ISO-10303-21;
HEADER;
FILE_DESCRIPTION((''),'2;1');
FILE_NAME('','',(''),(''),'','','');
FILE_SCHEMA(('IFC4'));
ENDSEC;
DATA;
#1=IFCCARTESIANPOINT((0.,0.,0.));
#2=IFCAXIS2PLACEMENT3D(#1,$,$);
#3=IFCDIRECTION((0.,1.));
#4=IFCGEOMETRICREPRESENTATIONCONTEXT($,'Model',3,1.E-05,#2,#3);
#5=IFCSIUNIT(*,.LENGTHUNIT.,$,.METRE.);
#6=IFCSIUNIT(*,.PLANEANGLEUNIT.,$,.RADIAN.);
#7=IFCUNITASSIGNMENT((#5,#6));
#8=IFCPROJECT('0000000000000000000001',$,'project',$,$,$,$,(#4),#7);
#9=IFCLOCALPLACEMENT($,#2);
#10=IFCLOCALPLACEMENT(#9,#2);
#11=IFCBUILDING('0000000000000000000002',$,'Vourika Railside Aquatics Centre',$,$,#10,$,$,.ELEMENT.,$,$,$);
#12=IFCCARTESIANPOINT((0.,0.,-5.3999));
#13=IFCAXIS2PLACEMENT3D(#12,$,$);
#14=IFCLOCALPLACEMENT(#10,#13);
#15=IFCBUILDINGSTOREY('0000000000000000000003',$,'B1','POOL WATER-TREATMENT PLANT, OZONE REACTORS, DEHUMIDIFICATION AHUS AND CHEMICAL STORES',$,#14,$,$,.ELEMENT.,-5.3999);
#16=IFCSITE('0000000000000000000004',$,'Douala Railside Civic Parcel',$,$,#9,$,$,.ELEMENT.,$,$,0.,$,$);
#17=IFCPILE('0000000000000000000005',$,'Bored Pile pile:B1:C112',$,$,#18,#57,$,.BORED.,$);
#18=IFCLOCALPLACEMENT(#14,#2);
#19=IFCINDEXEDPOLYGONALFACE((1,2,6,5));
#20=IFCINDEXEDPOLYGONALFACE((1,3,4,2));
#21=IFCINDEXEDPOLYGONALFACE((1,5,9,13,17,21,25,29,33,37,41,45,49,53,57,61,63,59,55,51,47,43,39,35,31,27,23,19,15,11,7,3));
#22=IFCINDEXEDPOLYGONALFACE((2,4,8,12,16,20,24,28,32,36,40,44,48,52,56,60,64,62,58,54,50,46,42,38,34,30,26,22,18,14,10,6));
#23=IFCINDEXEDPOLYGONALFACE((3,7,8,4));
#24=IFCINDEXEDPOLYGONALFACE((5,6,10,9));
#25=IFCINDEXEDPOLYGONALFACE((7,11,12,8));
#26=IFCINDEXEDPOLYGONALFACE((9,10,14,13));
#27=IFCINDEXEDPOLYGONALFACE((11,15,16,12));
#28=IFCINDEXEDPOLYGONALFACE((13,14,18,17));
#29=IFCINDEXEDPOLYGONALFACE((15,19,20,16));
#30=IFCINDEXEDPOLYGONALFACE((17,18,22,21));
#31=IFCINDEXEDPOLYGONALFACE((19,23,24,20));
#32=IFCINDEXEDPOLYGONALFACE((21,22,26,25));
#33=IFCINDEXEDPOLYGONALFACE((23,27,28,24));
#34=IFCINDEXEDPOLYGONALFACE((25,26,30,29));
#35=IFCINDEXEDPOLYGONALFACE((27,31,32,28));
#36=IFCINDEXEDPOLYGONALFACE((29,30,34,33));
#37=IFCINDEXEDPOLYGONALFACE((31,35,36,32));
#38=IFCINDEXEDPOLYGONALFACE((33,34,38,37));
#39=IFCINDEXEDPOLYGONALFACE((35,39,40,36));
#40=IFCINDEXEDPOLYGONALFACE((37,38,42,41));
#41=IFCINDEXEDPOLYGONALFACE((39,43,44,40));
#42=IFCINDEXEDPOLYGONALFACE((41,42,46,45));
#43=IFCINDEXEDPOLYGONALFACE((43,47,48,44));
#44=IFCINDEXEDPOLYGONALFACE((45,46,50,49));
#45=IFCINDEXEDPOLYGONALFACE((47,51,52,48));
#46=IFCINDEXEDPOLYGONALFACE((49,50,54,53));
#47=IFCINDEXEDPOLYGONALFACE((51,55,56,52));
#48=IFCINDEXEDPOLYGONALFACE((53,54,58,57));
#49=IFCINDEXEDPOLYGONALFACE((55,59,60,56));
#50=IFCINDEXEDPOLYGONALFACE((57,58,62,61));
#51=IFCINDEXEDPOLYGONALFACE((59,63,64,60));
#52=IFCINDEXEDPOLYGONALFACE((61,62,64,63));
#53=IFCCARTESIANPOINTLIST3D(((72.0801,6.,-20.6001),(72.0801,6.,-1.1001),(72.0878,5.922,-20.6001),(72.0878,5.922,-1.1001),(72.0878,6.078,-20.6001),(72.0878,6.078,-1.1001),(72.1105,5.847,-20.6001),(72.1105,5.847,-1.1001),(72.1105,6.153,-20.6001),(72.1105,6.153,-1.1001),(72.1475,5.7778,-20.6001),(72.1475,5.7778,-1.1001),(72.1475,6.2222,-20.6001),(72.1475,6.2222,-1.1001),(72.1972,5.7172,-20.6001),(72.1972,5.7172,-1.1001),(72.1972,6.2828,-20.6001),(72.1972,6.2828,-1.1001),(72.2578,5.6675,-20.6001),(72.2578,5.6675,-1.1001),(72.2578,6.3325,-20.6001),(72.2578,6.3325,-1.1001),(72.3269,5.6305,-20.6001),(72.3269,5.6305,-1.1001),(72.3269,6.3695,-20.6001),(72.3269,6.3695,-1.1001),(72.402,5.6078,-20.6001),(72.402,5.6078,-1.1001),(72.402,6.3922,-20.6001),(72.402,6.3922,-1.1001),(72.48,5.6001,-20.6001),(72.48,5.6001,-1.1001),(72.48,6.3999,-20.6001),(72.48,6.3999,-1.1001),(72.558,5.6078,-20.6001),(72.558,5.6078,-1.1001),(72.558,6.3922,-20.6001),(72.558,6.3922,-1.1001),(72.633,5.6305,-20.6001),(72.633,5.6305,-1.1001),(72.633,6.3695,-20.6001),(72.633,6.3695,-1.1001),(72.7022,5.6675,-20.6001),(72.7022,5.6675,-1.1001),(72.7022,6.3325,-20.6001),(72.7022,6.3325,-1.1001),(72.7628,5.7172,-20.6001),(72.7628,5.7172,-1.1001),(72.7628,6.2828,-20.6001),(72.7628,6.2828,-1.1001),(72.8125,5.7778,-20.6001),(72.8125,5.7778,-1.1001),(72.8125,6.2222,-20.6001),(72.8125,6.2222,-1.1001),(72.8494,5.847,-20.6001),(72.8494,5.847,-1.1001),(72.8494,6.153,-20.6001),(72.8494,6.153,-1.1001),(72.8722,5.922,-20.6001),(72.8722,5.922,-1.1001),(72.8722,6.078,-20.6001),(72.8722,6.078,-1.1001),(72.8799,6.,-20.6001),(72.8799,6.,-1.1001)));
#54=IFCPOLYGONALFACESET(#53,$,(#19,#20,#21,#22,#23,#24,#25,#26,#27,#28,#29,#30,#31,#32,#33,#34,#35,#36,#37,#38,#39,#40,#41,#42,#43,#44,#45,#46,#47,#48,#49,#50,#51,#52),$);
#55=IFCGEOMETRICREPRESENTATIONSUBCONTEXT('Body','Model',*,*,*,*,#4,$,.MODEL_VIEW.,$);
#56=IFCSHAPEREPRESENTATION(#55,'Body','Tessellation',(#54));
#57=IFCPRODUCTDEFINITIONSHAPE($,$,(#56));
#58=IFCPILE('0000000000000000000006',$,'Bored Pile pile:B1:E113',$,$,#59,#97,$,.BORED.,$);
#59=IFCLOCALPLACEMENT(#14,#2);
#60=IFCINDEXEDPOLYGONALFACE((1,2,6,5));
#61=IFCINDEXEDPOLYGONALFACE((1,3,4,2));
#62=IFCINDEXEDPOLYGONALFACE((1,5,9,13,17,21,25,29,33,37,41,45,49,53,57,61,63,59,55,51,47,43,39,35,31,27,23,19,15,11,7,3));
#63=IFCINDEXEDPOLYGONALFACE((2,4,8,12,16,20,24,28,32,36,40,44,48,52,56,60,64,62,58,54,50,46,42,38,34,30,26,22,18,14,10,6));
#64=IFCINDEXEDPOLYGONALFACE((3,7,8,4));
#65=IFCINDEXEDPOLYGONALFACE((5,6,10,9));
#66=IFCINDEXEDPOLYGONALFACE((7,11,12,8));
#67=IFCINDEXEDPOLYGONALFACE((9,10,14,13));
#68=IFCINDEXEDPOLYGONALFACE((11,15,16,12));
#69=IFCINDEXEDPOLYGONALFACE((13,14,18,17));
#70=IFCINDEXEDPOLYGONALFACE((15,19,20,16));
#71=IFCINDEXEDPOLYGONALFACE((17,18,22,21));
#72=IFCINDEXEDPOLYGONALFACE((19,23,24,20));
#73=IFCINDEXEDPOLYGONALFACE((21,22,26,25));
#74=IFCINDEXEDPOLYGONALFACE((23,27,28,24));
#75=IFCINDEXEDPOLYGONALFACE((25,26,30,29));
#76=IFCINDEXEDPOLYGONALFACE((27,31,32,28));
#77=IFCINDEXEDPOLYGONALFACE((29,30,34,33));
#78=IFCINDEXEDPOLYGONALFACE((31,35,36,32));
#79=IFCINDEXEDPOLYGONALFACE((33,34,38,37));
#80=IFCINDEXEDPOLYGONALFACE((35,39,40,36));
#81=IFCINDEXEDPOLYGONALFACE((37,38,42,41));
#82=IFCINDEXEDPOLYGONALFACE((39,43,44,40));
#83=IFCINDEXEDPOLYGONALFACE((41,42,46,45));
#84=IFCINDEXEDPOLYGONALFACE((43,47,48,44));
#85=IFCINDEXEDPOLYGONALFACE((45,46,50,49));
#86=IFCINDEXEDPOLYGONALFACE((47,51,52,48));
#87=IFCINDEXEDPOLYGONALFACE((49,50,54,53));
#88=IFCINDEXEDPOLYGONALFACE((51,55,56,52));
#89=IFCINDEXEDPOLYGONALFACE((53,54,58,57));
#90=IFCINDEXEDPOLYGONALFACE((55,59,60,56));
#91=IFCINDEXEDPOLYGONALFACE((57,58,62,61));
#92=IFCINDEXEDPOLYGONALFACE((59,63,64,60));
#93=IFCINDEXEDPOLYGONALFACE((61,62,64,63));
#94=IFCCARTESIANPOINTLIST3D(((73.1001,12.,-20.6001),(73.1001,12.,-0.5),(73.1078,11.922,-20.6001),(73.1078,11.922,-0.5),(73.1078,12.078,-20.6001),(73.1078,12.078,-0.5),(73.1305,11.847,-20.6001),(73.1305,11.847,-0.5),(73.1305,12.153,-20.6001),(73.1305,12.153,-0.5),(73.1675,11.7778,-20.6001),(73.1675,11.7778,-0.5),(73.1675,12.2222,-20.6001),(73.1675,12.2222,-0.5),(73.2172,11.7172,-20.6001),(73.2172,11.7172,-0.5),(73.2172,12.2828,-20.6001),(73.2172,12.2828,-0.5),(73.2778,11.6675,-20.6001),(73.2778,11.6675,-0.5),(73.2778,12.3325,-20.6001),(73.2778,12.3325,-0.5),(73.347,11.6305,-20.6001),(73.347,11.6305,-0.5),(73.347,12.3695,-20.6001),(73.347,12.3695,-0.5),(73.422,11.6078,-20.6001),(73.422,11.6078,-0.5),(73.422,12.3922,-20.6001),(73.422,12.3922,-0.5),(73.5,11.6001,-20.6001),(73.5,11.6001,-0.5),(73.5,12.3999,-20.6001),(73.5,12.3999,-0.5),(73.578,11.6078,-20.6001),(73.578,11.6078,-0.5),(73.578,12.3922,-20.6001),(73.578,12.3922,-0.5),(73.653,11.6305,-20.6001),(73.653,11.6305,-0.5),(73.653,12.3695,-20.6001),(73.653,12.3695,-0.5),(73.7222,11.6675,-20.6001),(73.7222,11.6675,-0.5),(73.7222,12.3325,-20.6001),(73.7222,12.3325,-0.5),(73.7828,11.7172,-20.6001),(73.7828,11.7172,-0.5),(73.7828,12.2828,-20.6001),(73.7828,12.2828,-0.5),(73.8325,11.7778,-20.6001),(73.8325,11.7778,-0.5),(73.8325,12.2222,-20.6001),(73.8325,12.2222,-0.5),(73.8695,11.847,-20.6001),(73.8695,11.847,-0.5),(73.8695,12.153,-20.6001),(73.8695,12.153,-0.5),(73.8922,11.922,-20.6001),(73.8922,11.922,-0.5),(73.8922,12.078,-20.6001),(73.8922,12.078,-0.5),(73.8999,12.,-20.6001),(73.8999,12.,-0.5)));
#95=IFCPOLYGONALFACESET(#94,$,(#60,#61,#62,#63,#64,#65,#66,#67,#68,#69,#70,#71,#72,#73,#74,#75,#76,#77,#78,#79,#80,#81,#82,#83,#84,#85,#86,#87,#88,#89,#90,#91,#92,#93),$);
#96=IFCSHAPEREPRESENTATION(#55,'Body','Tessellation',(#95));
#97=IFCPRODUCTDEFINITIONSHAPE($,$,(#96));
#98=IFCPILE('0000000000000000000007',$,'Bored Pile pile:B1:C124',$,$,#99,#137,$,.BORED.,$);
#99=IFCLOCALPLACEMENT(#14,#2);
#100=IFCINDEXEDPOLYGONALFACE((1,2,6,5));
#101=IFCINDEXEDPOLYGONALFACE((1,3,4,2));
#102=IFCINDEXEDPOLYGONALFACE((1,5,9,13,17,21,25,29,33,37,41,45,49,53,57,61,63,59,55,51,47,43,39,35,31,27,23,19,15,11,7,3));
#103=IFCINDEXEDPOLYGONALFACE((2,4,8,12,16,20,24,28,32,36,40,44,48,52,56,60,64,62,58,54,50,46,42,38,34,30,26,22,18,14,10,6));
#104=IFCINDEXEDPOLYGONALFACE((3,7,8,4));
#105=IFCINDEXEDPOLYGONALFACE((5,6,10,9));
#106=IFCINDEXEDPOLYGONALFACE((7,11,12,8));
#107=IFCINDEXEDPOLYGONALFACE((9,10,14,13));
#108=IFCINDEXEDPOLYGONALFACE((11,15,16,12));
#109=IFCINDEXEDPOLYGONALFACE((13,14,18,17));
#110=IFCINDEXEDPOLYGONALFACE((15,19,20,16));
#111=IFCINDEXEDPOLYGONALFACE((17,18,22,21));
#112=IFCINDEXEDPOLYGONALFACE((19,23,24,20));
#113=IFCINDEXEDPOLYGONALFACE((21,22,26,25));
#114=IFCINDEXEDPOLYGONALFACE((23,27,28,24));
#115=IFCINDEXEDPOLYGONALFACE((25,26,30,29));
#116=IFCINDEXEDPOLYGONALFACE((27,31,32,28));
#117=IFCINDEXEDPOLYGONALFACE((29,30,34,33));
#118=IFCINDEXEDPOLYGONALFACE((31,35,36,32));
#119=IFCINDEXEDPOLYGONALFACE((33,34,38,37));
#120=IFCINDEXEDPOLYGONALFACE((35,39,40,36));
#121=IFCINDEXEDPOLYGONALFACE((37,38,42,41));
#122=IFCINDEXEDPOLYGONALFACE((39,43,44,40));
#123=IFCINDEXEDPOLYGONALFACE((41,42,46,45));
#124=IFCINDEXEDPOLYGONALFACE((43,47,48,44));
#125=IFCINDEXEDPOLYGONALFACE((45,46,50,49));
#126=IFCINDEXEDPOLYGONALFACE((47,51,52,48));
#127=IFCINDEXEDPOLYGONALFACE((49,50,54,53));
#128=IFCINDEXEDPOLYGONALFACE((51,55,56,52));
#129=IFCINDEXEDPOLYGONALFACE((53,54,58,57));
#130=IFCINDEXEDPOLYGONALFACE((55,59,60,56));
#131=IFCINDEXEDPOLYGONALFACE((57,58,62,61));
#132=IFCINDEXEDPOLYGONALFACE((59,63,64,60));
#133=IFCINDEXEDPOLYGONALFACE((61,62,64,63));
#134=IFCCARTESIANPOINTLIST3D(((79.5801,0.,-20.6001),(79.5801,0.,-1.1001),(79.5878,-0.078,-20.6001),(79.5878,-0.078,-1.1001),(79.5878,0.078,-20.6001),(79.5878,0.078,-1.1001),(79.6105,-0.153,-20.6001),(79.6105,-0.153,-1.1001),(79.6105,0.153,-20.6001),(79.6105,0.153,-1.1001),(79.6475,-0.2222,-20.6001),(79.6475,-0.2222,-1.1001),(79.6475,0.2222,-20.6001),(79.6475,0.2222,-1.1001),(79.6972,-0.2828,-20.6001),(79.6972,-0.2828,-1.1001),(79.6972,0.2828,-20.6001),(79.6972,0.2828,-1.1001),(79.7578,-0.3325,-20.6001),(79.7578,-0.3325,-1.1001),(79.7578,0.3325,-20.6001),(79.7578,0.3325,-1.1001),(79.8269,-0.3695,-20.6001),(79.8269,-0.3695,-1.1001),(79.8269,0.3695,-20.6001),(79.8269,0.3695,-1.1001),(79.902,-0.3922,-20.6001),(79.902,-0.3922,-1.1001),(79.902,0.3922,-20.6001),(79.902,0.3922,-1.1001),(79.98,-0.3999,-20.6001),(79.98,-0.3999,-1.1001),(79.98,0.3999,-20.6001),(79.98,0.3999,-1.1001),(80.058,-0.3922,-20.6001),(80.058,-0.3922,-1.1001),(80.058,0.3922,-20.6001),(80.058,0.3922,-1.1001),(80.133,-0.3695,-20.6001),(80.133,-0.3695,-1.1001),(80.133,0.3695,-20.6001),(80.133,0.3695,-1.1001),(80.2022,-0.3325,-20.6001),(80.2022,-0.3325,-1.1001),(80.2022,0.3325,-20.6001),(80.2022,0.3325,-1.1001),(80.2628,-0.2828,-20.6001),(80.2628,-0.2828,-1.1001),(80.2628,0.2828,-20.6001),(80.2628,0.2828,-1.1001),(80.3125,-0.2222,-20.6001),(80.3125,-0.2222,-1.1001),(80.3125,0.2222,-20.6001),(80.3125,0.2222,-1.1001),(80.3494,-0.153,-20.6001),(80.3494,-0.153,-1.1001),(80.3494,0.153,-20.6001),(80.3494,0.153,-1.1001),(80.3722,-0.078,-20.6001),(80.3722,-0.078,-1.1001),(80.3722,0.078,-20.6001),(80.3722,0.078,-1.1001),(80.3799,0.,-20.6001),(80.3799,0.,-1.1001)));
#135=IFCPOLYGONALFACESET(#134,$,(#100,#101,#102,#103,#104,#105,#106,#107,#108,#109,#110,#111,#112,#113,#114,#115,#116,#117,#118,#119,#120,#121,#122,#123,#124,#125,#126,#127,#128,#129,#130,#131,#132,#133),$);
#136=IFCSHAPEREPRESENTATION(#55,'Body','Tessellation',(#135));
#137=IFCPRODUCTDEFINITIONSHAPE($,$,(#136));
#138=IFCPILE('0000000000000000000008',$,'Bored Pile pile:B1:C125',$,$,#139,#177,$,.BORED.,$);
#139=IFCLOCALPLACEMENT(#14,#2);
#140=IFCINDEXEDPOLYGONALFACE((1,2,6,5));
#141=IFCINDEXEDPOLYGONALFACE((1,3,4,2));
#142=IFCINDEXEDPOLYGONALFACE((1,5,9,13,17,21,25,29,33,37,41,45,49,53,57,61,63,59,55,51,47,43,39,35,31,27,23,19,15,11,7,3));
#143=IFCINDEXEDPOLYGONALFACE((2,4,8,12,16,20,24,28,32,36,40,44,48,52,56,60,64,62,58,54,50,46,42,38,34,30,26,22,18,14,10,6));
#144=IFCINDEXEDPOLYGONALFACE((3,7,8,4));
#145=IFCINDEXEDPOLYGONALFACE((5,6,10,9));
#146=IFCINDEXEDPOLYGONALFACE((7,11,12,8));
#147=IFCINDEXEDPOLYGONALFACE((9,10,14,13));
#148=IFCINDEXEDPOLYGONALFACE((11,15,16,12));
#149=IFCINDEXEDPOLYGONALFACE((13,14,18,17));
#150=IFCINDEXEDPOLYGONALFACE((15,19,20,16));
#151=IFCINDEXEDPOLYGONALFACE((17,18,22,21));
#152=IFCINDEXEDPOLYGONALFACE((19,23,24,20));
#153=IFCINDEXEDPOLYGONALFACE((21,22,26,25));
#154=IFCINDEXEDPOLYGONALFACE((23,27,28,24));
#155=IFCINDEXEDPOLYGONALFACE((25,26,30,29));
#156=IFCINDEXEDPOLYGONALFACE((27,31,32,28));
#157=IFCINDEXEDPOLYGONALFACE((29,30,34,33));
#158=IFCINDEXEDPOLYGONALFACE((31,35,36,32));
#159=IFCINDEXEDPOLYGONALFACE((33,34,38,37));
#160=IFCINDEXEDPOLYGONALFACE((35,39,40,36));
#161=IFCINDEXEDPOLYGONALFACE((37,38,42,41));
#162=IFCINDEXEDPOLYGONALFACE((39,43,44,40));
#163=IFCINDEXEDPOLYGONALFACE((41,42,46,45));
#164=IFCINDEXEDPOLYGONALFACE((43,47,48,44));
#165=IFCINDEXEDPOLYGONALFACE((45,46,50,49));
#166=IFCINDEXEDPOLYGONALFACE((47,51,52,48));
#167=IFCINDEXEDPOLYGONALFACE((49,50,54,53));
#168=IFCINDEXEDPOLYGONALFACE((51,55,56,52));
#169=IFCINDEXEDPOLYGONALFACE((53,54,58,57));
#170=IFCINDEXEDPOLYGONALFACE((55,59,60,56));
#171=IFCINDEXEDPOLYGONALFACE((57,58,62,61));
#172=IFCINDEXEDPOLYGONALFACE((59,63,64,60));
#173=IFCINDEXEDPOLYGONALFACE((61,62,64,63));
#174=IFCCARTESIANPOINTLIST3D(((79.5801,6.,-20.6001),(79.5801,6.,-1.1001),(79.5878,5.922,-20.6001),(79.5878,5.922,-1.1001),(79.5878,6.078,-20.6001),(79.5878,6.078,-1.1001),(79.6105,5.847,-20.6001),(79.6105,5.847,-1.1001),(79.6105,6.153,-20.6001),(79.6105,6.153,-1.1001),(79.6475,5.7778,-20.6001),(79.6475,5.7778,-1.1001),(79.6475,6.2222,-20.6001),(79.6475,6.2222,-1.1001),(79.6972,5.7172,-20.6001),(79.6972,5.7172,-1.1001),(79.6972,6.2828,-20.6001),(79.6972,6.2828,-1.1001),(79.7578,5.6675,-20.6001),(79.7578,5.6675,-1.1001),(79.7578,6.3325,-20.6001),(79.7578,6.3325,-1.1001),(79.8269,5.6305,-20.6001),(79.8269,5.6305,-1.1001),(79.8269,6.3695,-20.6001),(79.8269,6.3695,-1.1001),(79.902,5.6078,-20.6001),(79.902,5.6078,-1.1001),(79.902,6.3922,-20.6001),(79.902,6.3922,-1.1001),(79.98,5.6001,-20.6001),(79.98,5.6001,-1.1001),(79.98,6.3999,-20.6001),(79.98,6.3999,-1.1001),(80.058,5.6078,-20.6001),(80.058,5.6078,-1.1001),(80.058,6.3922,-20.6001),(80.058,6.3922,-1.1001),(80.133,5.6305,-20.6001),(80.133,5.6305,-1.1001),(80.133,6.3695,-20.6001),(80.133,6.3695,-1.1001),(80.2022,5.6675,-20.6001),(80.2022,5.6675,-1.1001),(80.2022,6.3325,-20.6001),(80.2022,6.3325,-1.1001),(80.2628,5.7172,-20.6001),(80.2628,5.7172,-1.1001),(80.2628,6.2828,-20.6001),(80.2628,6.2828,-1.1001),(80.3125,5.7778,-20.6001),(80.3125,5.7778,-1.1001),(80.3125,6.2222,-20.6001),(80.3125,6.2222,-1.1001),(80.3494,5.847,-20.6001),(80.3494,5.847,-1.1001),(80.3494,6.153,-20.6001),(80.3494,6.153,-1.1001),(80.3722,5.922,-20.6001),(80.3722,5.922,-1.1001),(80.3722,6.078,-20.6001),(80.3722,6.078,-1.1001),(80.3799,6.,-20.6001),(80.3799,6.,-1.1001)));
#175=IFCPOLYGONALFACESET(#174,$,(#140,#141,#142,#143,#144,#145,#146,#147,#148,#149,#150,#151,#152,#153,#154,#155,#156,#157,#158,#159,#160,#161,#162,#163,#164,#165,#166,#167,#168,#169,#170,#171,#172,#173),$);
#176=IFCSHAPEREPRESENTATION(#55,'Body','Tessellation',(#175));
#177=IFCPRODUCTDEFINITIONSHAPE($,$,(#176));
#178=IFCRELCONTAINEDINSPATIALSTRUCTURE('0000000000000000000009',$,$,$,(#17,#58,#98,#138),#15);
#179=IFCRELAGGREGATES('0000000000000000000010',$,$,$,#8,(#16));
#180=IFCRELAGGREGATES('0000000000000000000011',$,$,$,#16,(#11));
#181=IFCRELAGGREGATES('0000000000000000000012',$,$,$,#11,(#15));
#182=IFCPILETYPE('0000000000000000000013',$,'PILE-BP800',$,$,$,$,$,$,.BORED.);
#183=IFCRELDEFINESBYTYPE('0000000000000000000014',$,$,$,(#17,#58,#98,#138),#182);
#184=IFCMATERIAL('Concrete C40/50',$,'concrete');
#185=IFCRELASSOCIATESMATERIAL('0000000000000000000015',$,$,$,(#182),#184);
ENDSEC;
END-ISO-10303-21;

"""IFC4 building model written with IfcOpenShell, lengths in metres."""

from ifc_helpers import new_model, si_unit, direction, frame, origin, origin_2d, place, context, subcontext, project, spatial, circle, extrude, material, material_profile, profile_set, type_object, element, save


model = new_model("IFC4")

# Units and contexts
model_context = context("Model", 3, precision=1e-05, world=origin(), true_north=direction((0.0, 1.0)))
body_context = subcontext(model_context, "Body", "Model", "MODEL_VIEW")
ifc_project = project(units=[si_unit("LENGTHUNIT", "METRE"), si_unit("PLANEANGLEUNIT", "RADIAN")], contexts=[model_context])

# Site, building, storey
site_placement = place(None, origin())
site = spatial("IfcSite", under=ifc_project, at=site_placement, Name="Douala Railside Civic Parcel", CompositionType="ELEMENT", RefElevation=0.0)
building_placement = place(site_placement, origin())
building = spatial("IfcBuilding", under=site, at=building_placement, Name="Vourika Railside Aquatics Centre", CompositionType="ELEMENT")
storey_placement = place(building_placement, frame((0.0, 0.0, -5.3999)))
storey = spatial("IfcBuildingStorey", under=building, at=storey_placement, Name="B1", Description="POOL WATER-TREATMENT PLANT, OZONE REACTORS, DEHUMIDIFICATION AHUS AND CHEMICAL STORES", CompositionType="ELEMENT", Elevation=-5.3999)

# Shared definitions
ifc_material = material(Name="Concrete C40/50", Category="concrete")

# Piles
ifc_material_profile_1 = material_profile(ifc_material, circle(Radius=0.3999, at=origin_2d()), Name="BP 800")
ifc_profile_set_1 = profile_set([ifc_material_profile_1], Name="Concrete C40/50")
pile_type = type_object("IfcPileType", Name="PILE-BP800", PredefinedType="BORED", material=ifc_profile_set_1)
for number, where, z_axis, x_axis, name in (
    (1, (72.48, 6.0, -1.1001), (0.0, 0.0, -1.0), (1.0, 0.0, 0.0), "Bored Pile pile:B1:C112"),
):
    element("IfcPile", number, at=place(storey_placement, frame(where, z_axis=z_axis, x_axis=x_axis)), inside=storey, type_object=pile_type, Name=name, PredefinedType="BORED", context=body_context, shape_type="SweptSolid", body=[
        extrude(circle(Radius=0.3999, at=origin_2d()), origin(), (0.0, 0.0, 1.0), 19.5),
    ])
pile_1_placement = place(storey_placement, frame((73.5, 12.0, -0.5), z_axis=(0.0, 0.0, -1.0), x_axis=(1.0, 0.0, 0.0)))
element("IfcPile", 2, at=pile_1_placement, inside=storey, type_object=pile_type, Name="Bored Pile pile:B1:E113", PredefinedType="BORED", context=body_context, shape_type="SweptSolid", body=[
    extrude(circle(Radius=0.3999, at=origin_2d()), origin(), (0.0, 0.0, 1.0), 20.1001),
])
for number, where, z_axis, x_axis, name in (
    (3, (79.98, 0.0, -1.1001), (0.0, 0.0, -1.0), (1.0, 0.0, 0.0), "Bored Pile pile:B1:C124"),
    (4, (79.98, 6.0, -1.1001), (0.0, 0.0, -1.0), (1.0, 0.0, 0.0), "Bored Pile pile:B1:C125"),
):
    element("IfcPile", number, at=place(storey_placement, frame(where, z_axis=z_axis, x_axis=x_axis)), inside=storey, type_object=pile_type, Name=name, PredefinedType="BORED", context=body_context, shape_type="SweptSolid", body=[
        extrude(circle(Radius=0.3999, at=origin_2d()), origin(), (0.0, 0.0, 1.0), 19.5),
    ])

save(model, "model.ifc")
